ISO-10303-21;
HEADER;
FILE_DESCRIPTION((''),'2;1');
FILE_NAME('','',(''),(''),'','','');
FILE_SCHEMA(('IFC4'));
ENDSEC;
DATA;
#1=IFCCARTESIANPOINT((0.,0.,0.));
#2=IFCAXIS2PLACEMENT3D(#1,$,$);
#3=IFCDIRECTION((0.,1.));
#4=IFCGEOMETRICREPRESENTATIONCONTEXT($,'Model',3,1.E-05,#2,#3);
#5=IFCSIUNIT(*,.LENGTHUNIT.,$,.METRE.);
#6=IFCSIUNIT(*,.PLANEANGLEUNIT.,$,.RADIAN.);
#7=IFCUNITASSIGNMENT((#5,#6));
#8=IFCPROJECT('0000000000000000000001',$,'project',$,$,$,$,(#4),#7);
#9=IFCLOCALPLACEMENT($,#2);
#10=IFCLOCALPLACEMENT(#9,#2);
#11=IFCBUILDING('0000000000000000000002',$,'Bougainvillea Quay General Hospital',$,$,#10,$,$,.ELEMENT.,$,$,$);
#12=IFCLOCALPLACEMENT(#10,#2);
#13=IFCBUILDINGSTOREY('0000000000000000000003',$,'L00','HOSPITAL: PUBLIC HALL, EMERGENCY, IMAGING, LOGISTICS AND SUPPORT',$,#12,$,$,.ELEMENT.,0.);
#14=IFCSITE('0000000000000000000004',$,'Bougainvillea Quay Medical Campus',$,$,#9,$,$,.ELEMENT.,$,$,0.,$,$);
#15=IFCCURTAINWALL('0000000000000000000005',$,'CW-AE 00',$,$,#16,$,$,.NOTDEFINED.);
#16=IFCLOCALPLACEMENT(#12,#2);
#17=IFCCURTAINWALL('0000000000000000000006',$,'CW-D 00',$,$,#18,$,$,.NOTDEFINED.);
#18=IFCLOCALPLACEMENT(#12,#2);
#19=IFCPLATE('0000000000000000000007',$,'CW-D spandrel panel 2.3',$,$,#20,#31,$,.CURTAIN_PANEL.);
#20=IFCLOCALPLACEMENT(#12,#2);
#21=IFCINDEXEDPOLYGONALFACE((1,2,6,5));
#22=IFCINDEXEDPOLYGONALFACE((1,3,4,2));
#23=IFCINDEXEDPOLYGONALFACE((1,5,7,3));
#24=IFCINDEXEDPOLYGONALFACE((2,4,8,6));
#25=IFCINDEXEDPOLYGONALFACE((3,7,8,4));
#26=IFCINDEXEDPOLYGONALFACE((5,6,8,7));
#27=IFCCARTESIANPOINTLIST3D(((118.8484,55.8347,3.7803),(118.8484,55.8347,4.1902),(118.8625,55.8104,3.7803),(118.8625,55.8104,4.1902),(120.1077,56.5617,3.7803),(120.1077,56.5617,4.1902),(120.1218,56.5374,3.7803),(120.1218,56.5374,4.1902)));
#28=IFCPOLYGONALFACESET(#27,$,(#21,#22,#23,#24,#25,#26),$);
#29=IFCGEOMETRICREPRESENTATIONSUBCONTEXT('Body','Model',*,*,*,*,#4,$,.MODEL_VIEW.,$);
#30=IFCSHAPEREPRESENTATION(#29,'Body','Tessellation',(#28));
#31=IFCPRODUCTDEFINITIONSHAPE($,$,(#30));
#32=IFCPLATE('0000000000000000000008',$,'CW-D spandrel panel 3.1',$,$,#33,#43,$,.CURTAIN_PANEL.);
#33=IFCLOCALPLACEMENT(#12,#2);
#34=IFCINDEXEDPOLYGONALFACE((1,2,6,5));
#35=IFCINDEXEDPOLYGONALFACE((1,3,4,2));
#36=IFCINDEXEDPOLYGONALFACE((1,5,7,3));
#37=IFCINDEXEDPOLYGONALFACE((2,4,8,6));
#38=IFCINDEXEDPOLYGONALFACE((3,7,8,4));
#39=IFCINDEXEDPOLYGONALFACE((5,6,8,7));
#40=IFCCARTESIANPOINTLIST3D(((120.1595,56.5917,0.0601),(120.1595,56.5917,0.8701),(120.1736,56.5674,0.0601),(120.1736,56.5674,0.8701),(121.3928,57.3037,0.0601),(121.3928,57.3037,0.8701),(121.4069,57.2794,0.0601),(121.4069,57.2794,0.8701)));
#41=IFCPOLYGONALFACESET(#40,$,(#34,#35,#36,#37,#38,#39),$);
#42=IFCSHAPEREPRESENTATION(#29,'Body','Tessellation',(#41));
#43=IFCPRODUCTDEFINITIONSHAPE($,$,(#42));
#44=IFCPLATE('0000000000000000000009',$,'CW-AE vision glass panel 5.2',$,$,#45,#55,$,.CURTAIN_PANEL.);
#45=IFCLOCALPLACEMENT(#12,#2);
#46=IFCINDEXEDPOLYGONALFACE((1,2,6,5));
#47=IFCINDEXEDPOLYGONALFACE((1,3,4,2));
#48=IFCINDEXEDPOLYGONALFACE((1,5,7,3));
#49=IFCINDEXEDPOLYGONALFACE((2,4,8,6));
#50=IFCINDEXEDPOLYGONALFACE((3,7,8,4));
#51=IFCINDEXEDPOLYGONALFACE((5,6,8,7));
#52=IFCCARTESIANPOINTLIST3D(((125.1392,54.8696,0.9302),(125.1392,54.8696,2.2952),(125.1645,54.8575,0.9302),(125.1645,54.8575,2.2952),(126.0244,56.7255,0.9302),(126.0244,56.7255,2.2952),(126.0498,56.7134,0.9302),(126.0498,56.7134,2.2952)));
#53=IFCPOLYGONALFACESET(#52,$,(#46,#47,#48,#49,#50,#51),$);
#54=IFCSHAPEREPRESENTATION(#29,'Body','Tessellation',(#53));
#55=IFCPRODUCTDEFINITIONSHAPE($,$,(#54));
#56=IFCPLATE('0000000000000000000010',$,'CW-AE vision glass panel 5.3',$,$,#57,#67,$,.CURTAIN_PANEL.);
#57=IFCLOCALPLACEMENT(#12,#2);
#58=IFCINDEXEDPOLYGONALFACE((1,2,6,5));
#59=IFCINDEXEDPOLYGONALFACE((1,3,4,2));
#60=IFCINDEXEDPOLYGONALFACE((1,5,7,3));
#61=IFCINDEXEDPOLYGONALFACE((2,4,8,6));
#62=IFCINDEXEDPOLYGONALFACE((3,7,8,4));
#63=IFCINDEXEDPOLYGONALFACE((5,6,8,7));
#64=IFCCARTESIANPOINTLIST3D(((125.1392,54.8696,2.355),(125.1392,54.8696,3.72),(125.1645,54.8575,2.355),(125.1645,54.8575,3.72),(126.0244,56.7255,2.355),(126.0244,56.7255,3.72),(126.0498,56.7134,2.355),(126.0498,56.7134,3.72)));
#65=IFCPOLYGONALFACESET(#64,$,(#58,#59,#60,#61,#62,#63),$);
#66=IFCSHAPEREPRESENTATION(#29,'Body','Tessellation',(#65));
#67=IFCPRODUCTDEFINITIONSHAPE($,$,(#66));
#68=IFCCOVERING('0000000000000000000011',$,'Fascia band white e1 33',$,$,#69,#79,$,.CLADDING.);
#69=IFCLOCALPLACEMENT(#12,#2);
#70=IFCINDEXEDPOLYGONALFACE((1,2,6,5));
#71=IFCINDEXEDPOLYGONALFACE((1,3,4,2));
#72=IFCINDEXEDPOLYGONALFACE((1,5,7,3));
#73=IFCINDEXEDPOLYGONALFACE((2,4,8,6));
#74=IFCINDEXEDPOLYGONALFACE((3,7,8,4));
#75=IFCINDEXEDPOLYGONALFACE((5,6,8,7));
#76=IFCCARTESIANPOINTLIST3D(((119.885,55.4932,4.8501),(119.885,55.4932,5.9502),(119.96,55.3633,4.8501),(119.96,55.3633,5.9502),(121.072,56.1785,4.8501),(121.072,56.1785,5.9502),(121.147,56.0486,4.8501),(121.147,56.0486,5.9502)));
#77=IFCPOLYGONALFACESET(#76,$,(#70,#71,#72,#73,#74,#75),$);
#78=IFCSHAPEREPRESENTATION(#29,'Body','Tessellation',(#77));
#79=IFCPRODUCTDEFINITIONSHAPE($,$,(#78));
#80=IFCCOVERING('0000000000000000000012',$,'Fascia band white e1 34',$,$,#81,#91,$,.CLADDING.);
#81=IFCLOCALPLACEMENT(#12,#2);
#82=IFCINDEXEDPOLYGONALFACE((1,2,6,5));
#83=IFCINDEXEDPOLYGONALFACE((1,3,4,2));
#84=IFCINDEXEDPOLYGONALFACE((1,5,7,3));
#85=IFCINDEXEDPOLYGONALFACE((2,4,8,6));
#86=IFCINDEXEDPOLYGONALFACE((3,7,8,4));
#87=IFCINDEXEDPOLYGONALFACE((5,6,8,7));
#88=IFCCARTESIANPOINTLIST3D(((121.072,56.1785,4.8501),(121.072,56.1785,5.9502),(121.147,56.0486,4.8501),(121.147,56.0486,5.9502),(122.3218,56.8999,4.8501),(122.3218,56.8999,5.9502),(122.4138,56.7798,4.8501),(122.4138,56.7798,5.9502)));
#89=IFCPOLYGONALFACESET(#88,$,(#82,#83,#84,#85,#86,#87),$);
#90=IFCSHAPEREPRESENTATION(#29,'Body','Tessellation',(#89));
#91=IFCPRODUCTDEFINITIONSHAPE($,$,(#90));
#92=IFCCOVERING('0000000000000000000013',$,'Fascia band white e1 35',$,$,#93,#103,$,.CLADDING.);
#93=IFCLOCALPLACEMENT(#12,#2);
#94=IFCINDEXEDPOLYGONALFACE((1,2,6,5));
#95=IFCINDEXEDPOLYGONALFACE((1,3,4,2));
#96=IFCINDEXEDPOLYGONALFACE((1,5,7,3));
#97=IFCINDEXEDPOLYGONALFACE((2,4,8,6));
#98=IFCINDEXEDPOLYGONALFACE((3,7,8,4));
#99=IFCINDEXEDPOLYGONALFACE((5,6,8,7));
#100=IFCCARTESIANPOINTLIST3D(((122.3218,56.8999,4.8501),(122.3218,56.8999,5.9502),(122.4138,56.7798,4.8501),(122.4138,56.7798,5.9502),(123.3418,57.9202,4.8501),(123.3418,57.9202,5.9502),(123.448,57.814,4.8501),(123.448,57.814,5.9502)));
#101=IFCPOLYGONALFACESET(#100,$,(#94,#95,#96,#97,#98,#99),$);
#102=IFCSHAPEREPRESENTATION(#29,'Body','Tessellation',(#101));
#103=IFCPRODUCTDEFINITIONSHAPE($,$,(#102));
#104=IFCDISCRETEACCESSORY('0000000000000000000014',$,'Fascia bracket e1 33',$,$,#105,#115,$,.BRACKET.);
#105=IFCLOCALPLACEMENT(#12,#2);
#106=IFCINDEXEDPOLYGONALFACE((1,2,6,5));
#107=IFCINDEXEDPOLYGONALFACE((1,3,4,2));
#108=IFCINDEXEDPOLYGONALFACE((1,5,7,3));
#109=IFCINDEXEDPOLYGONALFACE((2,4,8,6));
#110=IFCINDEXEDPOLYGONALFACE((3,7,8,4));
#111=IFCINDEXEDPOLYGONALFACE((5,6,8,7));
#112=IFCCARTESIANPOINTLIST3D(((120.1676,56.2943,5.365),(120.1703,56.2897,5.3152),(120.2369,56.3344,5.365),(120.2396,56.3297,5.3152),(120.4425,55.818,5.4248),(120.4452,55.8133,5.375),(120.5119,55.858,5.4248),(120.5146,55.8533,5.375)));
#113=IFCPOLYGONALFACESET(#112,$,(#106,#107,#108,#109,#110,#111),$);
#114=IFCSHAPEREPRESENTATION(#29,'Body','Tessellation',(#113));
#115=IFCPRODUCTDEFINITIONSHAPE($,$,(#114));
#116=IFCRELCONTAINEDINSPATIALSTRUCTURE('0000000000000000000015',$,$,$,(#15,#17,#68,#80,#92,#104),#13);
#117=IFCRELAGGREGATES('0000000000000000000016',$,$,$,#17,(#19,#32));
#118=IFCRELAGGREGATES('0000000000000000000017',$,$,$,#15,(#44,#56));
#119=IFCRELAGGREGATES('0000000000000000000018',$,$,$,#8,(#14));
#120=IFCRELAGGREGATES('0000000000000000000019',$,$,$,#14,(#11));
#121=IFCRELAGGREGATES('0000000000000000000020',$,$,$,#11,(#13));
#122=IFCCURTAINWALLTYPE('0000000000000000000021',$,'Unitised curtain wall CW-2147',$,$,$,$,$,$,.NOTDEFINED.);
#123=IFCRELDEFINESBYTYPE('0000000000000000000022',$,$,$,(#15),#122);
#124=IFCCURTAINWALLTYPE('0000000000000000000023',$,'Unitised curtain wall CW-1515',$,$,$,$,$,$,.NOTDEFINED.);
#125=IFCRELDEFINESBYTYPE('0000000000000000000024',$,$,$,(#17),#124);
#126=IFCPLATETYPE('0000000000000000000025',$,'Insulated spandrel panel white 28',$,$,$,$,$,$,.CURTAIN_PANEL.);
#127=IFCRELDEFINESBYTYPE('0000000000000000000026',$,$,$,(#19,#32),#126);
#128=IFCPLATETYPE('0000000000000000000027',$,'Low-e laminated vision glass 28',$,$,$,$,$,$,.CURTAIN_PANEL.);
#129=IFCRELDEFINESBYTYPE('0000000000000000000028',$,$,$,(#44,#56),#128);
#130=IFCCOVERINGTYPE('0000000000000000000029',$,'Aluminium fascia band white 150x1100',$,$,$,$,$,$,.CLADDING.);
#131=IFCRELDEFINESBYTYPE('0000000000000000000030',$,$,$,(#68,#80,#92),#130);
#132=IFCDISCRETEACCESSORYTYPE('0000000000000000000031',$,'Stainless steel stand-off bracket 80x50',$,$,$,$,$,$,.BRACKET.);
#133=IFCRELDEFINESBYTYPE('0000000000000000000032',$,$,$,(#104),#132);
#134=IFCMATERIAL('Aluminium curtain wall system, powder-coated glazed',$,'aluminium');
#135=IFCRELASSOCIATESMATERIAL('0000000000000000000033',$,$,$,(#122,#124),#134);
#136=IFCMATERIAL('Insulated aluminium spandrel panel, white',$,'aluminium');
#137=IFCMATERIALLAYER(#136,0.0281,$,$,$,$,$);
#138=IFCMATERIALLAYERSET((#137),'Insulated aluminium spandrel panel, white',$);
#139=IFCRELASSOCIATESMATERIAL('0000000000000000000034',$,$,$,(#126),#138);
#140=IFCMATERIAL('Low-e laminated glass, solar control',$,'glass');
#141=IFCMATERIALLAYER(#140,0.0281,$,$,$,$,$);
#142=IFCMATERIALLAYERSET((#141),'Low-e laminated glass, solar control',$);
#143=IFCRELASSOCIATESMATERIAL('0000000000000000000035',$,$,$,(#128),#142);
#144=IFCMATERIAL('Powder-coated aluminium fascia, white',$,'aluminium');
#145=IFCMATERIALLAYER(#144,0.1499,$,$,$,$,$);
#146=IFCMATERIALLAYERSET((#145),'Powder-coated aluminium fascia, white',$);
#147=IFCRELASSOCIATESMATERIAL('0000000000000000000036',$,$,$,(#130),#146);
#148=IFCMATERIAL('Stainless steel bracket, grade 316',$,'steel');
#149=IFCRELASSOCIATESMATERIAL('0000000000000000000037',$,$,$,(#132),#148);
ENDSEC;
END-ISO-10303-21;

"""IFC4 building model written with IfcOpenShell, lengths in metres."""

from ifc_helpers import new_model, si_unit, direction, frame, origin, origin_2d, place, context, subcontext, project, spatial, polyline, rectangle, outline, extrude, material, layer, layer_set, material_profile, profile_set, type_object, element, aggregate, save


model = new_model("IFC4")

# Units and contexts
model_context = context("Model", 3, precision=1e-05, world=origin(), true_north=direction((0.0, 1.0)))
body_context = subcontext(model_context, "Body", "Model", "MODEL_VIEW")
ifc_project = project(units=[si_unit("LENGTHUNIT", "METRE"), si_unit("PLANEANGLEUNIT", "RADIAN")], contexts=[model_context])

# Site, building, storey
site_placement = place(None, origin())
site = spatial("IfcSite", under=ifc_project, at=site_placement, Name="Bougainvillea Quay Medical Campus", CompositionType="ELEMENT", RefElevation=0.0)
building_placement = place(site_placement, origin())
building = spatial("IfcBuilding", under=site, at=building_placement, Name="Bougainvillea Quay General Hospital", CompositionType="ELEMENT")
storey_placement = place(building_placement, origin())
storey = spatial("IfcBuildingStorey", under=building, at=storey_placement, Name="L00", Description="HOSPITAL: PUBLIC HALL, EMERGENCY, IMAGING, LOGISTICS AND SUPPORT", CompositionType="ELEMENT", Elevation=0.0)

# Curtain wall
ifc_material_1 = material(Name="Aluminium curtain wall system, powder-coated glazed", Category="aluminium")
curtain_wall_type_1 = type_object("IfcCurtainWallType", Name="Unitised curtain wall CW-2147", PredefinedType="NOTDEFINED", material=ifc_material_1)
curtain_wall_1_placement = place(storey_placement, origin())
curtain_wall_1 = element("IfcCurtainWall", 1, at=curtain_wall_1_placement, inside=storey, type_object=curtain_wall_type_1, Name="CW-AE 00", PredefinedType="NOTDEFINED")

# Curtain wall
curtain_wall_type_2 = type_object("IfcCurtainWallType", Name="Unitised curtain wall CW-1515", PredefinedType="NOTDEFINED", material=ifc_material_1)
curtain_wall_2_placement = place(storey_placement, origin())
curtain_wall_2 = element("IfcCurtainWall", 2, at=curtain_wall_2_placement, inside=storey, type_object=curtain_wall_type_2, Name="CW-D 00", PredefinedType="NOTDEFINED")

# Plates
ifc_material_2 = material(Name="Insulated aluminium spandrel panel, white", Category="aluminium")
ifc_layer_1 = layer(ifc_material_2, 0.0281)
ifc_layer_set_1 = layer_set([ifc_layer_1], Name="Insulated aluminium spandrel panel, white")
plate_type_1 = type_object("IfcPlateType", Name="Insulated spandrel panel white 28", PredefinedType="CURTAIN_PANEL", material=ifc_layer_set_1)
plate_1_placement = place(storey_placement, frame((119.4851, 56.186, 3.7803), z_axis=(0.0, 0.0, 1.0), x_axis=(0.866046, 0.499965, 0.0)))
plate_1 = element("IfcPlate", 3, at=plate_1_placement, type_object=plate_type_1, Name="CW-D spandrel panel 2.3", PredefinedType="CURTAIN_PANEL", context=body_context, shape_type="SweptSolid", body=[
    extrude(rectangle(XDim=1.4541, YDim=0.0281, at=origin_2d()), origin(), (0.0, 0.0, 1.0), 0.4099),
])
plate_2_placement = place(storey_placement, frame((120.7832, 56.9355, 0.0601), z_axis=(0.0, 0.0, 1.0), x_axis=(0.866046, 0.499965, 0.0)))
plate_2 = element("IfcPlate", 4, at=plate_2_placement, type_object=plate_type_1, Name="CW-D spandrel panel 3.1", PredefinedType="CURTAIN_PANEL", context=body_context, shape_type="SweptSolid", body=[
    extrude(rectangle(XDim=1.4241, YDim=0.0281, at=origin_2d()), origin(), (0.0, 0.0, 1.0), 0.8101),
])
aggregate(curtain_wall_2, [plate_1, plate_2])
ifc_material_3 = material(Name="Low-e laminated glass, solar control", Category="glass")
ifc_layer_2 = layer(ifc_material_3, 0.0281)
ifc_layer_set_2 = layer_set([ifc_layer_2], Name="Low-e laminated glass, solar control")
plate_type_2 = type_object("IfcPlateType", Name="Low-e laminated vision glass 28", PredefinedType="CURTAIN_PANEL", material=ifc_layer_set_2)
plate_3_placement = place(storey_placement, frame((125.5945, 55.7915, 0.9302), z_axis=(0.0, 0.0, 1.0), x_axis=(-0.43053, -0.902576, 0.0)))
plate_3 = element("IfcPlate", 5, at=plate_3_placement, type_object=plate_type_2, Name="CW-AE vision glass panel 5.2", PredefinedType="CURTAIN_PANEL", context=body_context, shape_type="SweptSolid", body=[
    extrude(rectangle(XDim=2.0562, YDim=0.0281, at=origin_2d()), origin(), (0.0, 0.0, 1.0), 1.365),
])
plate_4_placement = place(storey_placement, frame((125.5945, 55.7915, 2.355), z_axis=(0.0, 0.0, 1.0), x_axis=(-0.43053, -0.902576, 0.0)))
plate_4 = element("IfcPlate", 6, at=plate_4_placement, type_object=plate_type_2, Name="CW-AE vision glass panel 5.3", PredefinedType="CURTAIN_PANEL", context=body_context, shape_type="SweptSolid", body=[
    extrude(rectangle(XDim=2.0562, YDim=0.0281, at=origin_2d()), origin(), (0.0, 0.0, 1.0), 1.365),
])
aggregate(curtain_wall_1, [plate_3, plate_4])

# Coverings
ifc_material_4 = material(Name="Powder-coated aluminium fascia, white", Category="aluminium")
ifc_layer_3 = layer(ifc_material_4, 0.1499)
ifc_layer_set_3 = layer_set([ifc_layer_3], Name="Powder-coated aluminium fascia, white")
covering_type = type_object("IfcCoveringType", Name="Aluminium fascia band white 150x1100", PredefinedType="CLADDING", material=ifc_layer_set_3)
covering_1_placement = place(storey_placement, frame((119.885, 55.4932, 4.8501), z_axis=(0.0, 0.0, 1.0), x_axis=(0.866031, 0.49999, 0.0)))
element("IfcCovering", 7, at=covering_1_placement, inside=storey, type_object=covering_type, Name="Fascia band white e1 33", PredefinedType="CLADDING", context=body_context, shape_type="SweptSolid", body=[
    extrude(outline(polyline([(0.0, 0.0), (1.3706, 0.0), (1.3706, -0.15), (0.0, -0.15), (0.0, 0.0)])), origin(), (0.0, 0.0, 1.0), 1.1001),
])
covering_2_placement = place(storey_placement, frame((121.072, 56.1785, 4.8501), z_axis=(0.0, 0.0, 1.0), x_axis=(0.866059, 0.499942, 0.0)))
element("IfcCovering", 8, at=covering_2_placement, inside=storey, type_object=covering_type, Name="Fascia band white e1 34", PredefinedType="CLADDING", context=body_context, shape_type="SweptSolid", body=[
    extrude(outline(polyline([(0.0, 0.0), (1.443, 0.0), (1.4627, -0.15), (0.0, -0.15), (0.0, 0.0)])), origin(), (0.0, 0.0, 1.0), 1.1001),
])
covering_3_placement = place(storey_placement, frame((122.3218, 56.8999, 4.8501), z_axis=(0.0, 0.0, 1.0), x_axis=(0.707022, 0.707191, 0.0)))
element("IfcCovering", 9, at=covering_3_placement, inside=storey, type_object=covering_type, Name="Fascia band white e1 35", PredefinedType="CLADDING", context=body_context, shape_type="SweptSolid", body=[
    extrude(outline(polyline([(0.0, 0.0), (1.4427, 0.0), (1.4427, -0.1502), (-0.0199, -0.15), (0.0, 0.0)])), origin(), (0.0, 0.0, 1.0), 1.1001),
])

# Discrete accessory
ifc_material_5 = material(Name="Stainless steel bracket, grade 316", Category="steel")
ifc_material_profile_1 = material_profile(ifc_material_5, rectangle(XDim=0.0801, YDim=0.05, at=origin_2d()))
ifc_profile_set_1 = profile_set([ifc_material_profile_1], Name="Stainless steel bracket, grade 316")
discrete_accessory_type = type_object("IfcDiscreteAccessoryType", Name="Stainless steel stand-off bracket 80x50", PredefinedType="BRACKET", material=ifc_profile_set_1)
discrete_accessory_placement = place(storey_placement, frame((120.2036, 56.312, 5.3401), z_axis=(0.496933, -0.861027, 0.108125), x_axis=(0.866104, 0.499863, 0.0)))
element("IfcDiscreteAccessory", 10, at=discrete_accessory_placement, inside=storey, type_object=discrete_accessory_type, Name="Fascia bracket e1 33", PredefinedType="BRACKET", context=body_context, shape_type="SweptSolid", body=[
    extrude(rectangle(XDim=0.0801, YDim=0.05, at=origin_2d()), origin(), (0.0, 0.0, 1.0), 0.5532),
])

save(model, "model.ifc")
